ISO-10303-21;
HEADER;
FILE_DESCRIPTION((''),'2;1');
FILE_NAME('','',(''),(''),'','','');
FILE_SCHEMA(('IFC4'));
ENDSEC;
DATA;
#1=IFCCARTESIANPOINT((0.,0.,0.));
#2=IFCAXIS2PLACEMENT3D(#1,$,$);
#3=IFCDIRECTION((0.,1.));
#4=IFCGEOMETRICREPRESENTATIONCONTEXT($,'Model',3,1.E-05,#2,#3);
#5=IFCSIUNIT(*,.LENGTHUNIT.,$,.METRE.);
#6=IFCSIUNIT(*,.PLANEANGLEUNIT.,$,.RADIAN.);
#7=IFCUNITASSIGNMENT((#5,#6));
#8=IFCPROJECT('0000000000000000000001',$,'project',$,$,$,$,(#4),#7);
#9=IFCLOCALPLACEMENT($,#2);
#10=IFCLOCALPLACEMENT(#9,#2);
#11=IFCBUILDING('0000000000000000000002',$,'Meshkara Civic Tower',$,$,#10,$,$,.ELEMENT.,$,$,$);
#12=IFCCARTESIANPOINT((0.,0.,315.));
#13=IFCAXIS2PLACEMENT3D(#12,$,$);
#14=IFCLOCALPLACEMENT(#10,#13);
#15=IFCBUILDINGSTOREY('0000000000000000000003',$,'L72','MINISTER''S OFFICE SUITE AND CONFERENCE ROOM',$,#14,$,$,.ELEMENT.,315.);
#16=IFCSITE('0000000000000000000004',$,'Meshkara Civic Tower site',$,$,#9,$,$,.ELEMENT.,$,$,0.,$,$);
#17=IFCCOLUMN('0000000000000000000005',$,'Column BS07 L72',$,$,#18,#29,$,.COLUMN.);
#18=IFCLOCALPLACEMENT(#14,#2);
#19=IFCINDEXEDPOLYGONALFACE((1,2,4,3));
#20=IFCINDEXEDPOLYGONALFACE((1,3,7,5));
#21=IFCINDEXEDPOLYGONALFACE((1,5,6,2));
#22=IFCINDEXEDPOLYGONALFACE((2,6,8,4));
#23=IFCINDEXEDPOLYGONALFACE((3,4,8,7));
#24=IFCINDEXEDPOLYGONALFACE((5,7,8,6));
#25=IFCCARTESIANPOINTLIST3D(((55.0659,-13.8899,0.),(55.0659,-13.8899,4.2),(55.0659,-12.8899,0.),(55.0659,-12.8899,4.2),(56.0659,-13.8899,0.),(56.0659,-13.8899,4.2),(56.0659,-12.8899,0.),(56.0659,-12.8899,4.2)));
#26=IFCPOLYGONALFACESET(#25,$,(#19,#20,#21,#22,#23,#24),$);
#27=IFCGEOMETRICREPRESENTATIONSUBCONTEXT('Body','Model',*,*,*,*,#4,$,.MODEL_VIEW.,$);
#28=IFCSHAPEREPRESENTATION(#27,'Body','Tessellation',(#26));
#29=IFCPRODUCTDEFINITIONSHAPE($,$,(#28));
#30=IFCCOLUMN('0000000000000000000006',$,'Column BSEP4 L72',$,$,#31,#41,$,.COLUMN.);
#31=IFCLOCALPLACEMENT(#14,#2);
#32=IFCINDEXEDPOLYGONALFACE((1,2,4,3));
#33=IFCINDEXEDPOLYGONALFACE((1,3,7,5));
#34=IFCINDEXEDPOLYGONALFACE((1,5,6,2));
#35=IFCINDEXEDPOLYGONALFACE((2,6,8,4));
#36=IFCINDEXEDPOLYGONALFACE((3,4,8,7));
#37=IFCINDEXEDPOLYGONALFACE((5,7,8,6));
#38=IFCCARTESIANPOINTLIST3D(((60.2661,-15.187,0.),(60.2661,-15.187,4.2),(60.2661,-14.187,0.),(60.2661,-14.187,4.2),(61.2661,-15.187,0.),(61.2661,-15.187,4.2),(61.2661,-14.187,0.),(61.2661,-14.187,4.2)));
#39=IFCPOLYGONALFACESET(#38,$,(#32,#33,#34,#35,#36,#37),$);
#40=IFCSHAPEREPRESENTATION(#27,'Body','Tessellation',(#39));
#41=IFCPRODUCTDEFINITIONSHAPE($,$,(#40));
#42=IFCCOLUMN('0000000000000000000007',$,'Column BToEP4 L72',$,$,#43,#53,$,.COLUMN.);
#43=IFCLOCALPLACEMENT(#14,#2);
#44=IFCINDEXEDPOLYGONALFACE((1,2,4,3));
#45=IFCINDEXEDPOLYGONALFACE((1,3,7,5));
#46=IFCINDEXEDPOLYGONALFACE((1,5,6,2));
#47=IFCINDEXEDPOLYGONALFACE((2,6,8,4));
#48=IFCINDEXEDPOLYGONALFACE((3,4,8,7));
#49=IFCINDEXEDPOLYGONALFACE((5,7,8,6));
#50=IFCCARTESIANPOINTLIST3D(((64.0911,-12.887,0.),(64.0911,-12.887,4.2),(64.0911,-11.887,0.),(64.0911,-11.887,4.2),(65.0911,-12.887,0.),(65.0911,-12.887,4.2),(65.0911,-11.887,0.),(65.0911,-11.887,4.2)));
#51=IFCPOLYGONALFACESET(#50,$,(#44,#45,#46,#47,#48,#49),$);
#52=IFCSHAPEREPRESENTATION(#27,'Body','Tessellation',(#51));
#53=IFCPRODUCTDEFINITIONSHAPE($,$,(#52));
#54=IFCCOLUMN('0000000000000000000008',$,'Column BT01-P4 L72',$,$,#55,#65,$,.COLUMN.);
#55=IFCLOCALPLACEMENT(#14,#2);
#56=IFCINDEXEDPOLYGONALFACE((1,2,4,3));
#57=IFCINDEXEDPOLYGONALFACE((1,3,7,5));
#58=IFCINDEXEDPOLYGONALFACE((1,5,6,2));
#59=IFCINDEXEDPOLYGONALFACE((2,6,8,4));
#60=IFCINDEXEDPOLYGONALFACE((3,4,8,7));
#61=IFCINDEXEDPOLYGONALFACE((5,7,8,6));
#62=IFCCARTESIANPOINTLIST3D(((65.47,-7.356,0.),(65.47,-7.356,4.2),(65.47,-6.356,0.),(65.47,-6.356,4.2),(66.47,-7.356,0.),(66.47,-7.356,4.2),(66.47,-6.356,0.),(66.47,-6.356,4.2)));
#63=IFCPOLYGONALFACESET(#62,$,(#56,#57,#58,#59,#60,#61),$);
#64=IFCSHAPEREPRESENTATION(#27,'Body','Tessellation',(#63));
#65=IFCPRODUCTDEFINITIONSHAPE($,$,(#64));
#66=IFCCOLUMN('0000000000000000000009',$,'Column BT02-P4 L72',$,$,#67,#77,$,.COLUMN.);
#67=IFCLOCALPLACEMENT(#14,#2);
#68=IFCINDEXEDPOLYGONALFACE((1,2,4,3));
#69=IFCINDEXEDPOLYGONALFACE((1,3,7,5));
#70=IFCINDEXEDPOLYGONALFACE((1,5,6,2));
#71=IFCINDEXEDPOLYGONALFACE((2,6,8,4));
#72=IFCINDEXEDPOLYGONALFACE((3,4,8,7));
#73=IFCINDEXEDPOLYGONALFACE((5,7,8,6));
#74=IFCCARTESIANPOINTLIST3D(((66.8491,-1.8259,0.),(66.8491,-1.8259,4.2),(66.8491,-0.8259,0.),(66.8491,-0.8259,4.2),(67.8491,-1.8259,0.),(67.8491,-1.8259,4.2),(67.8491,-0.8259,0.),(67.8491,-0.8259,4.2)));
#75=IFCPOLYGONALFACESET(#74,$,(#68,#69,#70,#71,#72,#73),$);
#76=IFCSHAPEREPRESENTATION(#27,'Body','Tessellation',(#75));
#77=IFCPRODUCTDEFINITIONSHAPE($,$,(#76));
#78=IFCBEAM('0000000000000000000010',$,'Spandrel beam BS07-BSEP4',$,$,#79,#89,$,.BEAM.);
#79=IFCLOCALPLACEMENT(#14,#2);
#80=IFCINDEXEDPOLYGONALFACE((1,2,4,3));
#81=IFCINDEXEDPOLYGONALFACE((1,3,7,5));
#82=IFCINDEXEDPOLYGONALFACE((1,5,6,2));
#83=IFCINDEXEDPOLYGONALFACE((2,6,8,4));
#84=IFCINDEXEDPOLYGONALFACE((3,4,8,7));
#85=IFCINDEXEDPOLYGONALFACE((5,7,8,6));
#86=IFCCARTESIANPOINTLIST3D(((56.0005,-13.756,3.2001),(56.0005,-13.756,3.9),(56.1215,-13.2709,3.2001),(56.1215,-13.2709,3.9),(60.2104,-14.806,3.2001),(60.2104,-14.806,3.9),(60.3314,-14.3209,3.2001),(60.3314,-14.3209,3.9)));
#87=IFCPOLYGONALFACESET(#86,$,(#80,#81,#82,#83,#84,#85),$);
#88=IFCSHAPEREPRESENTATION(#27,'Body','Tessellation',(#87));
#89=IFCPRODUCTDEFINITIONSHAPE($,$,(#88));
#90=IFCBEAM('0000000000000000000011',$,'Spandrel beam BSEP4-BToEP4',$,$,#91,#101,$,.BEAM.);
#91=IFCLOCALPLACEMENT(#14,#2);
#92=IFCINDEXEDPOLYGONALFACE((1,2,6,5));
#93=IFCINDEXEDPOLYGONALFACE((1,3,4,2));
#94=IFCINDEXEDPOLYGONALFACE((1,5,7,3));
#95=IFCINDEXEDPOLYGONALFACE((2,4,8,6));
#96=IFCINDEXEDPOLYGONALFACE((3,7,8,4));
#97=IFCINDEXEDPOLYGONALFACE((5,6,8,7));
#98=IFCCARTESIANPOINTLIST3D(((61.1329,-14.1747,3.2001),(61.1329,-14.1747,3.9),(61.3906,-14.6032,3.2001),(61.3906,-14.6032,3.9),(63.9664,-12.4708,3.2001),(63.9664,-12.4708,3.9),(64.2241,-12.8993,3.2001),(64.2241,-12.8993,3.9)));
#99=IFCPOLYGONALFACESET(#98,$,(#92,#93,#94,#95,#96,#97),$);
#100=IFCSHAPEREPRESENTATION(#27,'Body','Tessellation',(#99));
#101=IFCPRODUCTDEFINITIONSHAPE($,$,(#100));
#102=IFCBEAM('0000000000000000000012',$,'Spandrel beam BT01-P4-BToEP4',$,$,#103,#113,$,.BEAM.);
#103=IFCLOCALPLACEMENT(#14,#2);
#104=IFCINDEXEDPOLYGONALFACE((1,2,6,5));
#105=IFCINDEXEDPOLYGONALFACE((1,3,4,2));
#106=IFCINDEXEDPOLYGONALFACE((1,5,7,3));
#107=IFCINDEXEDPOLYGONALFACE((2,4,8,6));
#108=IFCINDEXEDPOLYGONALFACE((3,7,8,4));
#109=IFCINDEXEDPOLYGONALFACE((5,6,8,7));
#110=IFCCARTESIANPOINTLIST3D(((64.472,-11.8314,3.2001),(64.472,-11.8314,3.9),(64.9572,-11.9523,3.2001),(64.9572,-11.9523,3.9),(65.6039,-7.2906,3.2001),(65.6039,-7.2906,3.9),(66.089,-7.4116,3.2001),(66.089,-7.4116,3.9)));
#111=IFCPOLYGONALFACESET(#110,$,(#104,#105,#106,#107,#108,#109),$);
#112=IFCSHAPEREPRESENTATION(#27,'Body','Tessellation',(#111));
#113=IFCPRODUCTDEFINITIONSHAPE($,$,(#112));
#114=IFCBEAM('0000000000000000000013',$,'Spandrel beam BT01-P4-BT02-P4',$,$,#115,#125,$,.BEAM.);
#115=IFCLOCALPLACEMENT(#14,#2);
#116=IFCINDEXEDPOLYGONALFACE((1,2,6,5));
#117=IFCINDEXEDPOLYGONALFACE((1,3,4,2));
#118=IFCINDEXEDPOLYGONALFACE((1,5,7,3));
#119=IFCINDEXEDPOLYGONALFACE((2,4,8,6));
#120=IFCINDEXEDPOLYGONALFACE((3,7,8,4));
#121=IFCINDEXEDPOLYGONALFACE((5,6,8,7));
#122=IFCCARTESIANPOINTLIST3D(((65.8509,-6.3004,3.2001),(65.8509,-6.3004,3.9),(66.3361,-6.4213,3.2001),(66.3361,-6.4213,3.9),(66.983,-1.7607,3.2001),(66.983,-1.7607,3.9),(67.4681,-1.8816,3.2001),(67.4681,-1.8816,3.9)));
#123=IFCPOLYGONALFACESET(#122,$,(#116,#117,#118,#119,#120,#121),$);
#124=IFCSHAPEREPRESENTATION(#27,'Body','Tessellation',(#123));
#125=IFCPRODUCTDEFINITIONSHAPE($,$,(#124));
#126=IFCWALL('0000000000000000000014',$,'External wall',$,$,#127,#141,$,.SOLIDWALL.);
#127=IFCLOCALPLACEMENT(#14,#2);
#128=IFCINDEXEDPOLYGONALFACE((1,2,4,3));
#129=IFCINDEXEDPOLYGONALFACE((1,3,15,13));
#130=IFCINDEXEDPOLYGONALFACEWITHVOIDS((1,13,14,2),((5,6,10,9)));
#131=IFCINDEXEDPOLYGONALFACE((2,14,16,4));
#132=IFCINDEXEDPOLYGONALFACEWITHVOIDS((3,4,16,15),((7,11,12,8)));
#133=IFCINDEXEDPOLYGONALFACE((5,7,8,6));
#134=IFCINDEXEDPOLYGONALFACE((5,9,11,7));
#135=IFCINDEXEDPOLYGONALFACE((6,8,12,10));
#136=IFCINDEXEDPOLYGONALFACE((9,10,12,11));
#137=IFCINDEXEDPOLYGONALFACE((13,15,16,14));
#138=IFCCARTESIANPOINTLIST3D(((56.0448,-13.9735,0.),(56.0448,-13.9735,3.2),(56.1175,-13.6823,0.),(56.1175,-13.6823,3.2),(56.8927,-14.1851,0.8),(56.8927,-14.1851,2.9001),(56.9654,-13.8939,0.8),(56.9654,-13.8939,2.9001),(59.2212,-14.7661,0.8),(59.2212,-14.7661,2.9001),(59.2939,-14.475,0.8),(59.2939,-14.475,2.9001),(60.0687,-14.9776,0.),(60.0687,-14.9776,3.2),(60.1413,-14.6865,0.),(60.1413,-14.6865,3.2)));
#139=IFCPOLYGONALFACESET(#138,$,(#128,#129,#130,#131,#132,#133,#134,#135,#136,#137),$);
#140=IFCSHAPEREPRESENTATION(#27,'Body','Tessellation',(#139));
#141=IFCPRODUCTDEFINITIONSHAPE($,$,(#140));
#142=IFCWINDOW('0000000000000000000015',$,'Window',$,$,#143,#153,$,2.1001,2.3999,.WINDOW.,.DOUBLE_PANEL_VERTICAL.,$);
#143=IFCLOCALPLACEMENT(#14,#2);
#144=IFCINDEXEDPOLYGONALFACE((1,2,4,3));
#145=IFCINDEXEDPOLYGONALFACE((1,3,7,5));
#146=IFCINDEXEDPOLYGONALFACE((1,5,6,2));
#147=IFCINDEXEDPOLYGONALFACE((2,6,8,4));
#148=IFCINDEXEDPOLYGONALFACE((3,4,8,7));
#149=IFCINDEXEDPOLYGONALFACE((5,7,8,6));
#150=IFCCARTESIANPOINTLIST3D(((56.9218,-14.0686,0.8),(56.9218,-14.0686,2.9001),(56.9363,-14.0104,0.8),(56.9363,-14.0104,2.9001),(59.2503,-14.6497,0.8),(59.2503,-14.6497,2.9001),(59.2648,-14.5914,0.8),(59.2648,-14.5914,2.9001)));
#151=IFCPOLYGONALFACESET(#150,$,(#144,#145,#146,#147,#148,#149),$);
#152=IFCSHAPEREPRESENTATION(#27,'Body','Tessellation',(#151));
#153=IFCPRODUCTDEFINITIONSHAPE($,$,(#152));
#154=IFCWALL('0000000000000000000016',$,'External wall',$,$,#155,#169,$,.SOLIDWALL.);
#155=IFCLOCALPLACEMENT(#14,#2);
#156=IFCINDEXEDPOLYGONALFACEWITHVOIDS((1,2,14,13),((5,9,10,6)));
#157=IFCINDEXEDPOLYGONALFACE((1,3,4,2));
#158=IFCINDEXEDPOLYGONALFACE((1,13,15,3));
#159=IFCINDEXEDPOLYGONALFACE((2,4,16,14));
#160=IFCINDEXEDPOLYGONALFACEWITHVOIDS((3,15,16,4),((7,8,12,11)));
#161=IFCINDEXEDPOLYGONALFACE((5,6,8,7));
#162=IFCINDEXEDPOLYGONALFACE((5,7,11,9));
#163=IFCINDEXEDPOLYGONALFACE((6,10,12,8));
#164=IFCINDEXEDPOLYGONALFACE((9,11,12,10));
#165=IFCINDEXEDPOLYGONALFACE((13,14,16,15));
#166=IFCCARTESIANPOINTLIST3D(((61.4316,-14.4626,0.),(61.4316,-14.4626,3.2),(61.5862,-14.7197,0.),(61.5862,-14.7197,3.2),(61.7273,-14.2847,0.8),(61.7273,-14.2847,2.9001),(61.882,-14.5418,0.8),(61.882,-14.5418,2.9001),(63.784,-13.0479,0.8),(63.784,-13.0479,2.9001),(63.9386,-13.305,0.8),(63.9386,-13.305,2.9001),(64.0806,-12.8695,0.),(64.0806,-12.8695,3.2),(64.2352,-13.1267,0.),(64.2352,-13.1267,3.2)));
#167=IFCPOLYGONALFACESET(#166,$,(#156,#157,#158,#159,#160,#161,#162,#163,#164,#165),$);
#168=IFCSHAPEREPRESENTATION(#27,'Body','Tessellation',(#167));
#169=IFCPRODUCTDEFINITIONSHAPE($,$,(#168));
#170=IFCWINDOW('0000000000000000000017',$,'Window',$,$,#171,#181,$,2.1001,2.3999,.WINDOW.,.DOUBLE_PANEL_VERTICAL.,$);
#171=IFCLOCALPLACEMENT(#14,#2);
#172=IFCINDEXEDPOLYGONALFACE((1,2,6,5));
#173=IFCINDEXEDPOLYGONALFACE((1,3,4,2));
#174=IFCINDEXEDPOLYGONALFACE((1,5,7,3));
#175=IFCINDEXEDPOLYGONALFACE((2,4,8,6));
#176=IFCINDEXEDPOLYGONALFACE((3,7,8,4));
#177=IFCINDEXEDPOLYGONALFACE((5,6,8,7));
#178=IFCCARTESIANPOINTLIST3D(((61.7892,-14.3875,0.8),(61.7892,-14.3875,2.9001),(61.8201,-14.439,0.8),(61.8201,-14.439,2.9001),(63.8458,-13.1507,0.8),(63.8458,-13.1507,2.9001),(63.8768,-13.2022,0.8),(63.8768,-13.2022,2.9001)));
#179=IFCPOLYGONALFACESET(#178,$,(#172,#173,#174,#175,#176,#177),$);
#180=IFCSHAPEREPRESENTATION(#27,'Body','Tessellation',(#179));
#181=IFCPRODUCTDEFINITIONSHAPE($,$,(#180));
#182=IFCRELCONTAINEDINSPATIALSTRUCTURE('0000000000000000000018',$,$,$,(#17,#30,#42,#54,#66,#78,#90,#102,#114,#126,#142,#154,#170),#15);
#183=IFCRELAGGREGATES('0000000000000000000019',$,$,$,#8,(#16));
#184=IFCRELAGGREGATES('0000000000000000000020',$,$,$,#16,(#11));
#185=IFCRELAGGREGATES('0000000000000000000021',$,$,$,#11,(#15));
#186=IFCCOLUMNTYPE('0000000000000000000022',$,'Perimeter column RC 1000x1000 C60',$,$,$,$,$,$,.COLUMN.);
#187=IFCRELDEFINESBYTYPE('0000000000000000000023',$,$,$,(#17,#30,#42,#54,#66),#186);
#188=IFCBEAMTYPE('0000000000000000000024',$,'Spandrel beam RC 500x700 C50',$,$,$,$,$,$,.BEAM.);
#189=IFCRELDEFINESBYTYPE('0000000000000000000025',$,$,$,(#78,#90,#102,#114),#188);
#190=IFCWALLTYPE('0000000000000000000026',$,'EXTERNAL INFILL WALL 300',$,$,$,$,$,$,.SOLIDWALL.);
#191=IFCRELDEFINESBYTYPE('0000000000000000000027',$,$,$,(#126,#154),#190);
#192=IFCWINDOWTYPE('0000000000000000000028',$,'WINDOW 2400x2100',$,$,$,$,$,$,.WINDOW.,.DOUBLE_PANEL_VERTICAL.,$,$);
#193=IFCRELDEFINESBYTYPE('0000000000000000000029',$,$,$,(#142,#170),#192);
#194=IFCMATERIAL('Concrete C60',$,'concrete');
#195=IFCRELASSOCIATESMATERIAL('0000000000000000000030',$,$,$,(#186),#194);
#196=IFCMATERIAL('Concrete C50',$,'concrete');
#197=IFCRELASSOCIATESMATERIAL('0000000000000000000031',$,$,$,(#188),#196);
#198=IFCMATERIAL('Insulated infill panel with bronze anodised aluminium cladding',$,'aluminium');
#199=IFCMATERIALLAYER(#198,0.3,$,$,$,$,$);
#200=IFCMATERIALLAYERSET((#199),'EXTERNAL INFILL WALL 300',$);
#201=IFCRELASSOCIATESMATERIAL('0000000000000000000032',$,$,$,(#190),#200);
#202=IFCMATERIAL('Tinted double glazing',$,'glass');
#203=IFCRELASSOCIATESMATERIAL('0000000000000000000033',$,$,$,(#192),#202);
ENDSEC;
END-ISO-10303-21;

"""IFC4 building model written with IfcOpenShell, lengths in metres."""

from ifc_helpers import new_model, si_unit, direction, frame, frame_2d, origin, origin_2d, place, context, subcontext, project, spatial, rectangle, extrude, material, layer, layer_set, material_profile, profile_set, type_object, element, fill, save


model = new_model("IFC4")

# Units and contexts
model_context = context("Model", 3, precision=1e-05, world=origin(), true_north=direction((0.0, 1.0)))
body_context = subcontext(model_context, "Body", "Model", "MODEL_VIEW")
ifc_project = project(units=[si_unit("LENGTHUNIT", "METRE"), si_unit("PLANEANGLEUNIT", "RADIAN")], contexts=[model_context])

# Site, building, storey
site_placement = place(None, origin())
site = spatial("IfcSite", under=ifc_project, at=site_placement, Name="Meshkara Civic Tower site", CompositionType="ELEMENT", RefElevation=0.0)
building_placement = place(site_placement, origin())
building = spatial("IfcBuilding", under=site, at=building_placement, Name="Meshkara Civic Tower", CompositionType="ELEMENT")
storey_placement = place(building_placement, frame((0.0, 0.0, 315.0)))
storey = spatial("IfcBuildingStorey", under=building, at=storey_placement, Name="L72", Description="MINISTER'S OFFICE SUITE AND CONFERENCE ROOM", CompositionType="ELEMENT", Elevation=315.0)

# Columns
ifc_material_1 = material(Name="Concrete C60", Category="concrete")
ifc_material_profile_1 = material_profile(ifc_material_1, rectangle(XDim=1.0, YDim=1.0, at=origin_2d()))
ifc_profile_set_1 = profile_set([ifc_material_profile_1], Name="Concrete C60")
column_type = type_object("IfcColumnType", Name="Perimeter column RC 1000x1000 C60", PredefinedType="COLUMN", material=ifc_profile_set_1)
for number, where, z_axis, x_axis, name in (
    (1, (55.5659, -13.3899, 0.0), (0.0, 0.0, 1.0), (1.0, 0.0, 0.0), "Column BS07 L72"),
    (2, (60.7661, -14.687, 0.0), (0.0, 0.0, 1.0), (1.0, 0.0, 0.0), "Column BSEP4 L72"),
    (3, (64.5911, -12.387, 0.0), (0.0, 0.0, 1.0), (1.0, 0.0, 0.0), "Column BToEP4 L72"),
    (4, (65.97, -6.856, 0.0), (0.0, 0.0, 1.0), (1.0, 0.0, 0.0), "Column BT01-P4 L72"),
    (5, (67.3491, -1.3259, 0.0), (0.0, 0.0, 1.0), (1.0, 0.0, 0.0), "Column BT02-P4 L72"),
):
    element("IfcColumn", number, at=place(storey_placement, frame(where, z_axis=z_axis, x_axis=x_axis)), inside=storey, type_object=column_type, Name=name, PredefinedType="COLUMN", context=body_context, shape_type="SweptSolid", body=[
        extrude(rectangle(XDim=1.0, YDim=1.0, at=origin_2d()), origin(), (0.0, 0.0, 1.0), 4.2),
    ])

# Beams
ifc_material_2 = material(Name="Concrete C50", Category="concrete")
ifc_material_profile_2 = material_profile(ifc_material_2, rectangle(XDim=0.5, YDim=0.7, at=origin_2d()))
ifc_profile_set_2 = profile_set([ifc_material_profile_2], Name="Concrete C50")
beam_type = type_object("IfcBeamType", Name="Spandrel beam RC 500x700 C50", PredefinedType="BEAM", material=ifc_profile_set_2)
beam_1_placement = place(storey_placement, frame((56.061, -13.5134, 3.55), z_axis=(0.970275, -0.242006, 0.0), x_axis=(0.242006, 0.970275, 0.0)))
element("IfcBeam", 6, at=beam_1_placement, inside=storey, type_object=beam_type, Name="Spandrel beam BS07-BSEP4", PredefinedType="BEAM", context=body_context, shape_type="SweptSolid", body=[
    extrude(rectangle(XDim=0.5, YDim=0.7, at=origin_2d()), origin(), (0.0, 0.0, 1.0), 4.3389),
])
beam_2_placement = place(storey_placement, frame((61.2617, -14.3889, 3.55), z_axis=(0.856991, 0.515332, 0.0), x_axis=(-0.515332, 0.856991, 0.0)))
element("IfcBeam", 7, at=beam_2_placement, inside=storey, type_object=beam_type, Name="Spandrel beam BSEP4-BToEP4", PredefinedType="BEAM", context=body_context, shape_type="SweptSolid", body=[
    extrude(rectangle(XDim=0.5, YDim=0.7, at=origin_2d()), origin(), (0.0, 0.0, 1.0), 3.3064),
])
beam_3_placement = place(storey_placement, frame((64.7146, -11.8918, 3.55), z_axis=(0.24186, 0.970311, 0.0), x_axis=(-0.970311, 0.24186, 0.0)))
element("IfcBeam", 8, at=beam_3_placement, inside=storey, type_object=beam_type, Name="Spandrel beam BT01-P4-BToEP4", PredefinedType="BEAM", context=body_context, shape_type="SweptSolid", body=[
    extrude(rectangle(XDim=0.5, YDim=0.7, at=origin_2d()), origin(), (0.0, 0.0, 1.0), 4.6797),
])
beam_4_placement = place(storey_placement, frame((66.0935, -6.3608, 3.55), z_axis=(0.241959, 0.970287, 0.0), x_axis=(-0.970287, 0.241959, 0.0)))
element("IfcBeam", 9, at=beam_4_placement, inside=storey, type_object=beam_type, Name="Spandrel beam BT01-P4-BT02-P4", PredefinedType="BEAM", context=body_context, shape_type="SweptSolid", body=[
    extrude(rectangle(XDim=0.5, YDim=0.7, at=origin_2d()), origin(), (0.0, 0.0, 1.0), 4.6787),
])

# Walls, openings, windows
ifc_material_3 = material(Name="Insulated infill panel with bronze anodised aluminium cladding", Category="aluminium")
ifc_layer_1 = layer(ifc_material_3, 0.3)
ifc_layer_set_1 = layer_set([ifc_layer_1], Name="EXTERNAL INFILL WALL 300")
wall_type_1 = type_object("IfcWallType", Name="EXTERNAL INFILL WALL 300", PredefinedType="SOLIDWALL", material=ifc_layer_set_1)
wall_1_placement = place(storey_placement, frame((56.0811, -13.8279, 0.0), z_axis=(0.0, 0.0, 1.0), x_axis=(0.970246, -0.24212, 0.0)))
wall_1 = element("IfcWall", 10, at=wall_1_placement, inside=storey, type_object=wall_type_1, Name="External wall", PredefinedType="SOLIDWALL", context=body_context, shape_type="SweptSolid", body=[
    extrude(rectangle(XDim=4.1472, YDim=0.3, at=frame_2d((2.0737, 0.0))), origin(), (0.0, 0.0, 1.0), 3.2),
])
opening_1_placement = place(wall_1_placement, frame((0.874, 0.0, 0.8)))
opening_1 = element("IfcOpeningElement", 11, at=opening_1_placement, cuts=wall_1, PredefinedType="OPENING", context=body_context, shape_type="SweptSolid", body=[
    extrude(rectangle(XDim=2.3999, YDim=2.1001, at=frame_2d((1.2, 1.05))), frame((0.0, 0.1599, 0.0), z_axis=(0.0, -1.0, 0.0), x_axis=(1.0, 0.0, 0.0)), (0.0, 0.0, 1.0), 0.3201),
])
ifc_material_4 = material(Name="Tinted double glazing", Category="glass")
window_type = type_object("IfcWindowType", Name="WINDOW 2400x2100", PartitioningType="DOUBLE_PANEL_VERTICAL", PredefinedType="WINDOW", material=ifc_material_4)
window_1_placement = place(opening_1_placement, origin())
window_1 = element("IfcWindow", 12, at=window_1_placement, inside=storey, type_object=window_type, Name="Window", OverallHeight=2.1001, OverallWidth=2.3999, PartitioningType="DOUBLE_PANEL_VERTICAL", PredefinedType="WINDOW", context=body_context, shape_type="SweptSolid", body=[
    extrude(rectangle(XDim=2.3999, YDim=2.1001, at=frame_2d((1.2, 1.05))), frame((0.0, 0.03, 0.0), z_axis=(0.0, -1.0, 0.0), x_axis=(1.0, 0.0, 0.0)), (0.0, 0.0, 1.0), 0.0601),
])
fill(opening_1, window_1)
wall_2_placement = place(storey_placement, frame((61.509, -14.5911, 0.0), z_axis=(0.0, 0.0, 1.0), x_axis=(0.85697, 0.515367, 0.0)))
wall_2 = element("IfcWall", 13, at=wall_2_placement, inside=storey, type_object=wall_type_1, Name="External wall", PredefinedType="SOLIDWALL", context=body_context, shape_type="SweptSolid", body=[
    extrude(rectangle(XDim=3.0911, YDim=0.3, at=frame_2d((1.5454, 0.0))), origin(), (0.0, 0.0, 1.0), 3.2),
])
opening_2_placement = place(wall_2_placement, frame((0.345, 0.0, 0.8)))
opening_2 = element("IfcOpeningElement", 14, at=opening_2_placement, cuts=wall_2, PredefinedType="OPENING", context=body_context, shape_type="SweptSolid", body=[
    extrude(rectangle(XDim=2.3999, YDim=2.1001, at=frame_2d((1.2, 1.05))), frame((0.0, 0.1599, 0.0), z_axis=(0.0, -1.0, 0.0), x_axis=(1.0, 0.0, 0.0)), (0.0, 0.0, 1.0), 0.3201),
])
window_2_placement = place(opening_2_placement, origin())
window_2 = element("IfcWindow", 15, at=window_2_placement, inside=storey, type_object=window_type, Name="Window", OverallHeight=2.1001, OverallWidth=2.3999, PartitioningType="DOUBLE_PANEL_VERTICAL", PredefinedType="WINDOW", context=body_context, shape_type="SweptSolid", body=[
    extrude(rectangle(XDim=2.3999, YDim=2.1001, at=frame_2d((1.2, 1.05))), frame((0.0, 0.03, 0.0), z_axis=(0.0, -1.0, 0.0), x_axis=(1.0, 0.0, 0.0)), (0.0, 0.0, 1.0), 0.0601),
])
fill(opening_2, window_2)

save(model, "model.ifc")
